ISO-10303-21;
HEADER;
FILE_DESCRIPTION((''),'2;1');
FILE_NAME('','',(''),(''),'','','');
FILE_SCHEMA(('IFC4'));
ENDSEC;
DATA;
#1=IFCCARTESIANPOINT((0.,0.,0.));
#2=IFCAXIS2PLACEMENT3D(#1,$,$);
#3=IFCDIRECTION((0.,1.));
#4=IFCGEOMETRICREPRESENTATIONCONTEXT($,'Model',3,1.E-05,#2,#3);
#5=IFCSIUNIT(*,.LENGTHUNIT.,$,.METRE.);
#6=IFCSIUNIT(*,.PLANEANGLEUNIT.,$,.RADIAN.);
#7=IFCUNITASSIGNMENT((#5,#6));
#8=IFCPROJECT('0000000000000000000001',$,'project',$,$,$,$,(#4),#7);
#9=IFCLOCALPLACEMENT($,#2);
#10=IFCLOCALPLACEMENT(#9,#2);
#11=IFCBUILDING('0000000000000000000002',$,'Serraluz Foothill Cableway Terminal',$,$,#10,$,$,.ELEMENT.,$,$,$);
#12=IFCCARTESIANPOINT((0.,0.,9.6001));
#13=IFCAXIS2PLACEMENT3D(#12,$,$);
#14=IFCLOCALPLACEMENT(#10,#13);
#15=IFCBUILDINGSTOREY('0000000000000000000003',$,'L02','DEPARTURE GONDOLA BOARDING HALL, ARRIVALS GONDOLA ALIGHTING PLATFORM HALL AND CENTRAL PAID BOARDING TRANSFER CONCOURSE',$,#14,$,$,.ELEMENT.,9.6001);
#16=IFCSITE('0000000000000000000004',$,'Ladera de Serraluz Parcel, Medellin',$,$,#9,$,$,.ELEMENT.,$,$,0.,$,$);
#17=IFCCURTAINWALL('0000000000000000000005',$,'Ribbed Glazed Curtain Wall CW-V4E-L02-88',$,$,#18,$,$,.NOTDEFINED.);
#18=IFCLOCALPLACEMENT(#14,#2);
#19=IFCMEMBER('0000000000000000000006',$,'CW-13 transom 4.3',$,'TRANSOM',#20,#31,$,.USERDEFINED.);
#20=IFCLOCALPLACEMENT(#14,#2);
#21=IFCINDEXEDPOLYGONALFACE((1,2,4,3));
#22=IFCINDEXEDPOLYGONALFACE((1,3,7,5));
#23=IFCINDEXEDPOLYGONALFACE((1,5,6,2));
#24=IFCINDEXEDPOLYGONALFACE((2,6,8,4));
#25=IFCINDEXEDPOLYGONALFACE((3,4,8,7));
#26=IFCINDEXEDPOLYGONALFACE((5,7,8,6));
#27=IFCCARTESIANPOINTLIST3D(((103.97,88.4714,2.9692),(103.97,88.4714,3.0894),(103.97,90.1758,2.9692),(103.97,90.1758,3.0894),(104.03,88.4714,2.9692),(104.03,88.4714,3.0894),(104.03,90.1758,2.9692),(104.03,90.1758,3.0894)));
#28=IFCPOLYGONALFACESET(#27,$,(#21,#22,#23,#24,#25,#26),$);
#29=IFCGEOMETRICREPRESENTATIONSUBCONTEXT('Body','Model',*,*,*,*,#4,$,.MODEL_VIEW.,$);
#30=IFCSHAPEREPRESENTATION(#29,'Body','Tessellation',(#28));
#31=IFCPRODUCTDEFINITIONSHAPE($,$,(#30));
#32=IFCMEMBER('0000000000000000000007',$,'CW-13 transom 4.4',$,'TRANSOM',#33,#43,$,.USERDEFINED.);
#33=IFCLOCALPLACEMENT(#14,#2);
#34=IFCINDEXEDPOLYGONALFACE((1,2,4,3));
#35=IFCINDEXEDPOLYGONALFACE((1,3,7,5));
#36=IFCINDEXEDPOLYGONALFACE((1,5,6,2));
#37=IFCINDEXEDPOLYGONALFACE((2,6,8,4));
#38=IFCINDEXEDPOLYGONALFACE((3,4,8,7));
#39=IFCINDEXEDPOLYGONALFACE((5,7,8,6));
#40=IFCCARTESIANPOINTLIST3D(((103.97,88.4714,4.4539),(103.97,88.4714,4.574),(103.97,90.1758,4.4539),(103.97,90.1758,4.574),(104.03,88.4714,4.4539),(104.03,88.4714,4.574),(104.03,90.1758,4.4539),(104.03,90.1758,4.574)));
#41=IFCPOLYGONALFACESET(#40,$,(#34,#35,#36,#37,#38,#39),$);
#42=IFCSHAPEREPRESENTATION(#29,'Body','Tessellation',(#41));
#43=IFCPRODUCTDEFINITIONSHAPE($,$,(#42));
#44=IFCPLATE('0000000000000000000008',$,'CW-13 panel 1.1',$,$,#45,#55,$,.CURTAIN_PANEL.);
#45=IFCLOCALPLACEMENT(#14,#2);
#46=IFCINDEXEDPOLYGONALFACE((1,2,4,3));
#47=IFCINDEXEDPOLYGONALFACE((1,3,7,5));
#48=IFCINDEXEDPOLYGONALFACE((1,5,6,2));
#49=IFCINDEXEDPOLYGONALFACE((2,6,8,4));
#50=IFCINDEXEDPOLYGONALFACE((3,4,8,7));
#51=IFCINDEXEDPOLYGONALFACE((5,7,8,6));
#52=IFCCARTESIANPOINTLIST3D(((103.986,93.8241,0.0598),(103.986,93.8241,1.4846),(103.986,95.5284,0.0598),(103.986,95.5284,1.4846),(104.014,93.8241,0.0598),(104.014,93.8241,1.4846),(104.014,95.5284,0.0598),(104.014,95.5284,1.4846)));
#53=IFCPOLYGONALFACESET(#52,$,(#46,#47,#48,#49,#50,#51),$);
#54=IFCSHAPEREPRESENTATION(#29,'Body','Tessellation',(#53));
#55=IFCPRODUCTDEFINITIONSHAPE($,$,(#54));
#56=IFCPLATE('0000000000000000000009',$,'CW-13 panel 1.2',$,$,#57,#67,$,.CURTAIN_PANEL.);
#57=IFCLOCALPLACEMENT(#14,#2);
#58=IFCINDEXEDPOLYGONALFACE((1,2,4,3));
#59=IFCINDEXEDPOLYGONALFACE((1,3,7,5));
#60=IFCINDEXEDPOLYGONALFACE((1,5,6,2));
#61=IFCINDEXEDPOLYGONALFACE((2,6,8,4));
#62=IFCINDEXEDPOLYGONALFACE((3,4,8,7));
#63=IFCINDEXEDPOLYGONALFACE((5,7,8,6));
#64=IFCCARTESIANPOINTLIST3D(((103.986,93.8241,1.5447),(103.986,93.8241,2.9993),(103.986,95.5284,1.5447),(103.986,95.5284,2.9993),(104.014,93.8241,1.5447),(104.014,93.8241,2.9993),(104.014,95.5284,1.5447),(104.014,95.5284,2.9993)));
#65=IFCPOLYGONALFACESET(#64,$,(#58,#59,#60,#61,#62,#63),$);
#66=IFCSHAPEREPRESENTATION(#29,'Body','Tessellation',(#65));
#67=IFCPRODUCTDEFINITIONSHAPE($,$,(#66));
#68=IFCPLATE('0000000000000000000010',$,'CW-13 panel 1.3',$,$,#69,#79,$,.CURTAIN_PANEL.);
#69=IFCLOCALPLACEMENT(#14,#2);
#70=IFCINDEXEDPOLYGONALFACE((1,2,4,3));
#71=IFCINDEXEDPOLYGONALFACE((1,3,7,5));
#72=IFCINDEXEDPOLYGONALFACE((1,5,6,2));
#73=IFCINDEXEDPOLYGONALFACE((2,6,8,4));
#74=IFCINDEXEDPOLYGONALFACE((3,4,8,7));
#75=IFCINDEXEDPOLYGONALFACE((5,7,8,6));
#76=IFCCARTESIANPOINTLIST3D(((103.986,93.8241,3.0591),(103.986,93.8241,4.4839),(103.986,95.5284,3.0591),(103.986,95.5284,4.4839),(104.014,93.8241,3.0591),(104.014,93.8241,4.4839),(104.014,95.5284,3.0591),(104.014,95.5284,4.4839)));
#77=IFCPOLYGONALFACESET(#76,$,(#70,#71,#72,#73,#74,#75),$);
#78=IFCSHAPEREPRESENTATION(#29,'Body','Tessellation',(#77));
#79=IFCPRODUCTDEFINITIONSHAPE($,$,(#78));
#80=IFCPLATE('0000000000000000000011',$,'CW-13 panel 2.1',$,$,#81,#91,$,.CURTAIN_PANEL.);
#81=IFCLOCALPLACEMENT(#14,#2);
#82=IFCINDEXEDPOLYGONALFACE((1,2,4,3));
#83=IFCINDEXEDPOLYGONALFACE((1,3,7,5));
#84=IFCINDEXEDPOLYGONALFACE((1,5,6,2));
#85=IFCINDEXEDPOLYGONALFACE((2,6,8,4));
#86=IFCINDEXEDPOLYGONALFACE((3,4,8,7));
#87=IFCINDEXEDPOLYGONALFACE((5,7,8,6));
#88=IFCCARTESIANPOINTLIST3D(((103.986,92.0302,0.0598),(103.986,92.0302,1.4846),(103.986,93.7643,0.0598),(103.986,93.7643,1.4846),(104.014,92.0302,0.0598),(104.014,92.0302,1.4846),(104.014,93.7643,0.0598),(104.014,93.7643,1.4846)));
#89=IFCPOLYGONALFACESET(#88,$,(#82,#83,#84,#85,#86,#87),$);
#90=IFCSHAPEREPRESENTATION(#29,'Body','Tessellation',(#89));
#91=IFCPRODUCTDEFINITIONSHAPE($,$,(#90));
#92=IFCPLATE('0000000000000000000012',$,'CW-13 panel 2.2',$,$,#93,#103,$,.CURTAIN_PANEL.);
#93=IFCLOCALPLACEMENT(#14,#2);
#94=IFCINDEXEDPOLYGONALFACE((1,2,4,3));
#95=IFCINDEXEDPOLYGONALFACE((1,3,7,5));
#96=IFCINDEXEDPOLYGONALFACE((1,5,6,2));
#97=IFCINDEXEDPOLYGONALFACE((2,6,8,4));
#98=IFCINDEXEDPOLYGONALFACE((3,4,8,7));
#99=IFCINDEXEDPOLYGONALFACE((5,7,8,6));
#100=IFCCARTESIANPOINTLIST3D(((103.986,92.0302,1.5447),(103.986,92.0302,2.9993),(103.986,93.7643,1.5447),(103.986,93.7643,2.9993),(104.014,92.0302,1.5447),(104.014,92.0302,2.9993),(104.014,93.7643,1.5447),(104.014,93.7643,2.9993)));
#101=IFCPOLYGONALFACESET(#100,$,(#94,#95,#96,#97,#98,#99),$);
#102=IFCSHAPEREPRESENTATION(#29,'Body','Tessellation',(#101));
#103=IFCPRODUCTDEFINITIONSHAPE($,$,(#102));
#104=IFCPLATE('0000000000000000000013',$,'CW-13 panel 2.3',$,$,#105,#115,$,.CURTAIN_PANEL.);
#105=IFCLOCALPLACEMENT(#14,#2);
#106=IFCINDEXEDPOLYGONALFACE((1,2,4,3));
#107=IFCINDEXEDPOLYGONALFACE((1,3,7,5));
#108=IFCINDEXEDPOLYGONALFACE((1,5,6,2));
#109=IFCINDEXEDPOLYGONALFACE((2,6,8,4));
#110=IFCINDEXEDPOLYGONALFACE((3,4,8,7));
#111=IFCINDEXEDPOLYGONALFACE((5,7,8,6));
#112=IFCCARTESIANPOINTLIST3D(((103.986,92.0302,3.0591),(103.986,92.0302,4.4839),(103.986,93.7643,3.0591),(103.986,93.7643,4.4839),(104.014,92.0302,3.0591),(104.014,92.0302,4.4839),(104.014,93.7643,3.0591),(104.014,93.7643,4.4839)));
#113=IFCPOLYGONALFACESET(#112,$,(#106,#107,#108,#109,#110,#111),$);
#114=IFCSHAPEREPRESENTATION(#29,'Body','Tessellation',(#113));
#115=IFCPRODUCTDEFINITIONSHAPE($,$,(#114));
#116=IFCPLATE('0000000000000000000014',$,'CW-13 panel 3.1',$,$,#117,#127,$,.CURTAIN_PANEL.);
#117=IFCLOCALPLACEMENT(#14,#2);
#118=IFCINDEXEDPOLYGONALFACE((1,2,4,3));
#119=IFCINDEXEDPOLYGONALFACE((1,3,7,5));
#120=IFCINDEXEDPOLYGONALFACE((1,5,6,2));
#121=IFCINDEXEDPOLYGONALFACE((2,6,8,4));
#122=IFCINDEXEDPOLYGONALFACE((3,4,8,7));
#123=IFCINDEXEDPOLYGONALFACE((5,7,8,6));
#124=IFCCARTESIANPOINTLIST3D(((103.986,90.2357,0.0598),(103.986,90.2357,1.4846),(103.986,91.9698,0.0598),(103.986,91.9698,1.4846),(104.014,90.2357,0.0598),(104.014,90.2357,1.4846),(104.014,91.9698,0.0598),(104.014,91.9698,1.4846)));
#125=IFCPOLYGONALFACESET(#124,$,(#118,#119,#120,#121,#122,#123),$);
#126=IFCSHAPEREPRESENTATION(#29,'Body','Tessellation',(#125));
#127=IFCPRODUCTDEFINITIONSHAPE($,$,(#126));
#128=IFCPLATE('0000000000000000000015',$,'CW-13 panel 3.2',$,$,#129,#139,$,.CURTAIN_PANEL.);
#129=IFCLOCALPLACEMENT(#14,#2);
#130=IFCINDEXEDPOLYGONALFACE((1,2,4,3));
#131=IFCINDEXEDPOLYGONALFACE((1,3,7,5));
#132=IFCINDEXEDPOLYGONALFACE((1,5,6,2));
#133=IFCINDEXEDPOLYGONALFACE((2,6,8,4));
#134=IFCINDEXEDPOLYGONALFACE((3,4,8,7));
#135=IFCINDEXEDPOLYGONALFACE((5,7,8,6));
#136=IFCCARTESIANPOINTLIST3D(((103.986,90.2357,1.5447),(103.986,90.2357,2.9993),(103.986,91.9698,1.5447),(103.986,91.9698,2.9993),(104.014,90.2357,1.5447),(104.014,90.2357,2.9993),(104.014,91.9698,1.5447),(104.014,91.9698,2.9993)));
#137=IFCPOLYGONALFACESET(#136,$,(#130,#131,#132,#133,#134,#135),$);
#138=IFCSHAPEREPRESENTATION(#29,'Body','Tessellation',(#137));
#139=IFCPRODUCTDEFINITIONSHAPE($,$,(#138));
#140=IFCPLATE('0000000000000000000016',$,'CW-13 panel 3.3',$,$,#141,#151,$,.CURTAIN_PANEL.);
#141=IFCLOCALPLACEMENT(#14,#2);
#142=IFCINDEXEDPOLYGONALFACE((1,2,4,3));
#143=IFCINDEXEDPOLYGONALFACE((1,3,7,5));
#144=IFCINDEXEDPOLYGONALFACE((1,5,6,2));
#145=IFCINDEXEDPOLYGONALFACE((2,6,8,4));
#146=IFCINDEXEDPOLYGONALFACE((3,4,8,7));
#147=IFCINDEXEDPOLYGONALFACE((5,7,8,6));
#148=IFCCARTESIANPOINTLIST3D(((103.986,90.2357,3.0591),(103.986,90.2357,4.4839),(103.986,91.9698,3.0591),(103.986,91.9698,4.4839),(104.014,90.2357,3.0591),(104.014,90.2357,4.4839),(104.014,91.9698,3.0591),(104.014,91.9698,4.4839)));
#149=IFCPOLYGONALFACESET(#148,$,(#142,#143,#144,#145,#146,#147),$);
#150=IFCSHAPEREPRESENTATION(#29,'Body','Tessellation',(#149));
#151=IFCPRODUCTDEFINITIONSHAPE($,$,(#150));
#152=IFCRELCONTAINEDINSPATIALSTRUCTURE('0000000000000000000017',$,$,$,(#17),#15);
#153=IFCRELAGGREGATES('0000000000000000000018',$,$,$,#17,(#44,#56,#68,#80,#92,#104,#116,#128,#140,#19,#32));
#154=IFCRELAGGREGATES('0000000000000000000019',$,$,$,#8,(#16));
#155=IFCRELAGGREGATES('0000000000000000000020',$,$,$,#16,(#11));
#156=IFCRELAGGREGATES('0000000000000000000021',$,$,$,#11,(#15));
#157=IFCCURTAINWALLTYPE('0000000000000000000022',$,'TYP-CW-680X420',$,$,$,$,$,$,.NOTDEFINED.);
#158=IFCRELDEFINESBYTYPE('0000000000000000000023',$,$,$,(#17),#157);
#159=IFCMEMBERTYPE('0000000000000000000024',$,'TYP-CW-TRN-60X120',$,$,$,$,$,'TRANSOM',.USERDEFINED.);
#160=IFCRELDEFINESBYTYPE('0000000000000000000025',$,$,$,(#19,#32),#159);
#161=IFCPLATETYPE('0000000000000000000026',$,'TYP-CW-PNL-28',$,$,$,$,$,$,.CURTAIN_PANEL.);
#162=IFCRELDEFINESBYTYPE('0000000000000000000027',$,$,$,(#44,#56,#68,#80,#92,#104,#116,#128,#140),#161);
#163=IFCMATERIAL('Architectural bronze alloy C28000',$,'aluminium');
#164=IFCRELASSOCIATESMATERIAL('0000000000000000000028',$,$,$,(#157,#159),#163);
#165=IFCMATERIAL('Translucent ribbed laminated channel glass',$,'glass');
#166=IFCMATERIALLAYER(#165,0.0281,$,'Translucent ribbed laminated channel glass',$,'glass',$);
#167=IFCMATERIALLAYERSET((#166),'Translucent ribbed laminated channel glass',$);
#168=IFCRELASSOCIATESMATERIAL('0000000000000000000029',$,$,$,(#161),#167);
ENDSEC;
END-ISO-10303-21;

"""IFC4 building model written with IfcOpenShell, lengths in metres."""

from ifc_helpers import new_model, si_unit, direction, frame, origin, origin_2d, place, context, subcontext, project, spatial, rectangle, extrude, material, layer, layer_set, material_profile, profile_set, type_object, element, aggregate, save


model = new_model("IFC4")

# Units and contexts
model_context = context("Model", 3, precision=1e-05, world=origin(), true_north=direction((0.0, 1.0)))
body_context = subcontext(model_context, "Body", "Model", "MODEL_VIEW")
ifc_project = project(units=[si_unit("LENGTHUNIT", "METRE"), si_unit("PLANEANGLEUNIT", "RADIAN")], contexts=[model_context])

# Site, building, storey
site_placement = place(None, origin())
site = spatial("IfcSite", under=ifc_project, at=site_placement, Name="Ladera de Serraluz Parcel, Medellin", CompositionType="ELEMENT", RefElevation=0.0)
building_placement = place(site_placement, origin())
building = spatial("IfcBuilding", under=site, at=building_placement, Name="Serraluz Foothill Cableway Terminal", CompositionType="ELEMENT")
storey_placement = place(building_placement, frame((0.0, 0.0, 9.6001)))
storey = spatial("IfcBuildingStorey", under=building, at=storey_placement, Name="L02", Description="DEPARTURE GONDOLA BOARDING HALL, ARRIVALS GONDOLA ALIGHTING PLATFORM HALL AND CENTRAL PAID BOARDING TRANSFER CONCOURSE", CompositionType="ELEMENT", Elevation=9.6001)

# Curtain wall, members, plates
ifc_material_1 = material(Name="Architectural bronze alloy C28000", Category="aluminium")
curtain_wall_type = type_object("IfcCurtainWallType", Name="TYP-CW-680X420", PredefinedType="NOTDEFINED", material=ifc_material_1)
curtain_wall_placement = place(storey_placement, origin())
curtain_wall = element("IfcCurtainWall", 1, at=curtain_wall_placement, inside=storey, type_object=curtain_wall_type, Name="Ribbed Glazed Curtain Wall CW-V4E-L02-88", PredefinedType="NOTDEFINED")
ifc_material_profile_1 = material_profile(ifc_material_1, rectangle(XDim=0.0601, YDim=0.1201, at=origin_2d()), Name="ALU TRANSOM 60x120")
ifc_profile_set_1 = profile_set([ifc_material_profile_1], Name="Architectural bronze alloy C28000")
member_type_1 = type_object("IfcMemberType", Name="TYP-CW-TRN-60X120", ElementType="TRANSOM", PredefinedType="USERDEFINED", material=ifc_profile_set_1)
member_1_placement = place(storey_placement, frame((104.0, 90.1758, 3.0293), z_axis=(0.0, -1.0, 0.0), x_axis=(1.0, 0.0, 0.0)))
member_1 = element("IfcMember", 2, at=member_1_placement, type_object=member_type_1, Name="CW-13 transom 4.3", ObjectType="TRANSOM", PredefinedType="USERDEFINED", context=body_context, shape_type="SweptSolid", body=[
    extrude(rectangle(XDim=0.0601, YDim=0.1201, at=origin_2d()), origin(), (0.0, 0.0, 1.0), 1.7043),
])
member_2_placement = place(storey_placement, frame((104.0, 90.1758, 4.5139), z_axis=(0.0, -1.0, 0.0), x_axis=(1.0, 0.0, 0.0)))
member_2 = element("IfcMember", 3, at=member_2_placement, type_object=member_type_1, Name="CW-13 transom 4.4", ObjectType="TRANSOM", PredefinedType="USERDEFINED", context=body_context, shape_type="SweptSolid", body=[
    extrude(rectangle(XDim=0.0601, YDim=0.1201, at=origin_2d()), origin(), (0.0, 0.0, 1.0), 1.7043),
])
ifc_material_2 = material(Name="Translucent ribbed laminated channel glass", Category="glass")
ifc_layer = layer(ifc_material_2, 0.0281, Name="Translucent ribbed laminated channel glass", Category="glass")
ifc_layer_set = layer_set([ifc_layer], Name="Translucent ribbed laminated channel glass")
plate_type = type_object("IfcPlateType", Name="TYP-CW-PNL-28", PredefinedType="CURTAIN_PANEL", material=ifc_layer_set)
plate_1_placement = place(storey_placement, frame((104.0, 94.6763, 0.0598), z_axis=(0.0, 0.0, 1.0), x_axis=(0.0, -1.0, 0.0)))
plate_1 = element("IfcPlate", 4, at=plate_1_placement, type_object=plate_type, Name="CW-13 panel 1.1", PredefinedType="CURTAIN_PANEL", context=body_context, shape_type="SweptSolid", body=[
    extrude(rectangle(XDim=1.7043, YDim=0.0281, at=origin_2d()), origin(), (0.0, 0.0, 1.0), 1.4248),
])
plate_2_placement = place(storey_placement, frame((104.0, 94.6763, 1.5447), z_axis=(0.0, 0.0, 1.0), x_axis=(0.0, -1.0, 0.0)))
plate_2 = element("IfcPlate", 5, at=plate_2_placement, type_object=plate_type, Name="CW-13 panel 1.2", PredefinedType="CURTAIN_PANEL", context=body_context, shape_type="SweptSolid", body=[
    extrude(rectangle(XDim=1.7043, YDim=0.0281, at=origin_2d()), origin(), (0.0, 0.0, 1.0), 1.4546),
])
plate_3_placement = place(storey_placement, frame((104.0, 94.6763, 3.0591), z_axis=(0.0, 0.0, 1.0), x_axis=(0.0, -1.0, 0.0)))
plate_3 = element("IfcPlate", 6, at=plate_3_placement, type_object=plate_type, Name="CW-13 panel 1.3", PredefinedType="CURTAIN_PANEL", context=body_context, shape_type="SweptSolid", body=[
    extrude(rectangle(XDim=1.7043, YDim=0.0281, at=origin_2d()), origin(), (0.0, 0.0, 1.0), 1.4248),
])
plate_4_placement = place(storey_placement, frame((104.0, 92.8972, 0.0598), z_axis=(0.0, 0.0, 1.0), x_axis=(0.0, -1.0, 0.0)))
plate_4 = element("IfcPlate", 7, at=plate_4_placement, type_object=plate_type, Name="CW-13 panel 2.1", PredefinedType="CURTAIN_PANEL", context=body_context, shape_type="SweptSolid", body=[
    extrude(rectangle(XDim=1.7341, YDim=0.0281, at=origin_2d()), origin(), (0.0, 0.0, 1.0), 1.4248),
])
plate_5_placement = place(storey_placement, frame((104.0, 92.8972, 1.5447), z_axis=(0.0, 0.0, 1.0), x_axis=(0.0, -1.0, 0.0)))
plate_5 = element("IfcPlate", 8, at=plate_5_placement, type_object=plate_type, Name="CW-13 panel 2.2", PredefinedType="CURTAIN_PANEL", context=body_context, shape_type="SweptSolid", body=[
    extrude(rectangle(XDim=1.7341, YDim=0.0281, at=origin_2d()), origin(), (0.0, 0.0, 1.0), 1.4546),
])
plate_6_placement = place(storey_placement, frame((104.0, 92.8972, 3.0591), z_axis=(0.0, 0.0, 1.0), x_axis=(0.0, -1.0, 0.0)))
plate_6 = element("IfcPlate", 9, at=plate_6_placement, type_object=plate_type, Name="CW-13 panel 2.3", PredefinedType="CURTAIN_PANEL", context=body_context, shape_type="SweptSolid", body=[
    extrude(rectangle(XDim=1.7341, YDim=0.0281, at=origin_2d()), origin(), (0.0, 0.0, 1.0), 1.4248),
])
plate_7_placement = place(storey_placement, frame((104.0, 91.1028, 0.0598), z_axis=(0.0, 0.0, 1.0), x_axis=(0.0, -1.0, 0.0)))
plate_7 = element("IfcPlate", 10, at=plate_7_placement, type_object=plate_type, Name="CW-13 panel 3.1", PredefinedType="CURTAIN_PANEL", context=body_context, shape_type="SweptSolid", body=[
    extrude(rectangle(XDim=1.7341, YDim=0.0281, at=origin_2d()), origin(), (0.0, 0.0, 1.0), 1.4248),
])
plate_8_placement = place(storey_placement, frame((104.0, 91.1028, 1.5447), z_axis=(0.0, 0.0, 1.0), x_axis=(0.0, -1.0, 0.0)))
plate_8 = element("IfcPlate", 11, at=plate_8_placement, type_object=plate_type, Name="CW-13 panel 3.2", PredefinedType="CURTAIN_PANEL", context=body_context, shape_type="SweptSolid", body=[
    extrude(rectangle(XDim=1.7341, YDim=0.0281, at=origin_2d()), origin(), (0.0, 0.0, 1.0), 1.4546),
])
plate_9_placement = place(storey_placement, frame((104.0, 91.1028, 3.0591), z_axis=(0.0, 0.0, 1.0), x_axis=(0.0, -1.0, 0.0)))
plate_9 = element("IfcPlate", 12, at=plate_9_placement, type_object=plate_type, Name="CW-13 panel 3.3", PredefinedType="CURTAIN_PANEL", context=body_context, shape_type="SweptSolid", body=[
    extrude(rectangle(XDim=1.7341, YDim=0.0281, at=origin_2d()), origin(), (0.0, 0.0, 1.0), 1.4248),
])
aggregate(curtain_wall, [plate_1, plate_2, plate_3, plate_4, plate_5, plate_6, plate_7, plate_8, plate_9, member_1, member_2])

save(model, "model.ifc")
